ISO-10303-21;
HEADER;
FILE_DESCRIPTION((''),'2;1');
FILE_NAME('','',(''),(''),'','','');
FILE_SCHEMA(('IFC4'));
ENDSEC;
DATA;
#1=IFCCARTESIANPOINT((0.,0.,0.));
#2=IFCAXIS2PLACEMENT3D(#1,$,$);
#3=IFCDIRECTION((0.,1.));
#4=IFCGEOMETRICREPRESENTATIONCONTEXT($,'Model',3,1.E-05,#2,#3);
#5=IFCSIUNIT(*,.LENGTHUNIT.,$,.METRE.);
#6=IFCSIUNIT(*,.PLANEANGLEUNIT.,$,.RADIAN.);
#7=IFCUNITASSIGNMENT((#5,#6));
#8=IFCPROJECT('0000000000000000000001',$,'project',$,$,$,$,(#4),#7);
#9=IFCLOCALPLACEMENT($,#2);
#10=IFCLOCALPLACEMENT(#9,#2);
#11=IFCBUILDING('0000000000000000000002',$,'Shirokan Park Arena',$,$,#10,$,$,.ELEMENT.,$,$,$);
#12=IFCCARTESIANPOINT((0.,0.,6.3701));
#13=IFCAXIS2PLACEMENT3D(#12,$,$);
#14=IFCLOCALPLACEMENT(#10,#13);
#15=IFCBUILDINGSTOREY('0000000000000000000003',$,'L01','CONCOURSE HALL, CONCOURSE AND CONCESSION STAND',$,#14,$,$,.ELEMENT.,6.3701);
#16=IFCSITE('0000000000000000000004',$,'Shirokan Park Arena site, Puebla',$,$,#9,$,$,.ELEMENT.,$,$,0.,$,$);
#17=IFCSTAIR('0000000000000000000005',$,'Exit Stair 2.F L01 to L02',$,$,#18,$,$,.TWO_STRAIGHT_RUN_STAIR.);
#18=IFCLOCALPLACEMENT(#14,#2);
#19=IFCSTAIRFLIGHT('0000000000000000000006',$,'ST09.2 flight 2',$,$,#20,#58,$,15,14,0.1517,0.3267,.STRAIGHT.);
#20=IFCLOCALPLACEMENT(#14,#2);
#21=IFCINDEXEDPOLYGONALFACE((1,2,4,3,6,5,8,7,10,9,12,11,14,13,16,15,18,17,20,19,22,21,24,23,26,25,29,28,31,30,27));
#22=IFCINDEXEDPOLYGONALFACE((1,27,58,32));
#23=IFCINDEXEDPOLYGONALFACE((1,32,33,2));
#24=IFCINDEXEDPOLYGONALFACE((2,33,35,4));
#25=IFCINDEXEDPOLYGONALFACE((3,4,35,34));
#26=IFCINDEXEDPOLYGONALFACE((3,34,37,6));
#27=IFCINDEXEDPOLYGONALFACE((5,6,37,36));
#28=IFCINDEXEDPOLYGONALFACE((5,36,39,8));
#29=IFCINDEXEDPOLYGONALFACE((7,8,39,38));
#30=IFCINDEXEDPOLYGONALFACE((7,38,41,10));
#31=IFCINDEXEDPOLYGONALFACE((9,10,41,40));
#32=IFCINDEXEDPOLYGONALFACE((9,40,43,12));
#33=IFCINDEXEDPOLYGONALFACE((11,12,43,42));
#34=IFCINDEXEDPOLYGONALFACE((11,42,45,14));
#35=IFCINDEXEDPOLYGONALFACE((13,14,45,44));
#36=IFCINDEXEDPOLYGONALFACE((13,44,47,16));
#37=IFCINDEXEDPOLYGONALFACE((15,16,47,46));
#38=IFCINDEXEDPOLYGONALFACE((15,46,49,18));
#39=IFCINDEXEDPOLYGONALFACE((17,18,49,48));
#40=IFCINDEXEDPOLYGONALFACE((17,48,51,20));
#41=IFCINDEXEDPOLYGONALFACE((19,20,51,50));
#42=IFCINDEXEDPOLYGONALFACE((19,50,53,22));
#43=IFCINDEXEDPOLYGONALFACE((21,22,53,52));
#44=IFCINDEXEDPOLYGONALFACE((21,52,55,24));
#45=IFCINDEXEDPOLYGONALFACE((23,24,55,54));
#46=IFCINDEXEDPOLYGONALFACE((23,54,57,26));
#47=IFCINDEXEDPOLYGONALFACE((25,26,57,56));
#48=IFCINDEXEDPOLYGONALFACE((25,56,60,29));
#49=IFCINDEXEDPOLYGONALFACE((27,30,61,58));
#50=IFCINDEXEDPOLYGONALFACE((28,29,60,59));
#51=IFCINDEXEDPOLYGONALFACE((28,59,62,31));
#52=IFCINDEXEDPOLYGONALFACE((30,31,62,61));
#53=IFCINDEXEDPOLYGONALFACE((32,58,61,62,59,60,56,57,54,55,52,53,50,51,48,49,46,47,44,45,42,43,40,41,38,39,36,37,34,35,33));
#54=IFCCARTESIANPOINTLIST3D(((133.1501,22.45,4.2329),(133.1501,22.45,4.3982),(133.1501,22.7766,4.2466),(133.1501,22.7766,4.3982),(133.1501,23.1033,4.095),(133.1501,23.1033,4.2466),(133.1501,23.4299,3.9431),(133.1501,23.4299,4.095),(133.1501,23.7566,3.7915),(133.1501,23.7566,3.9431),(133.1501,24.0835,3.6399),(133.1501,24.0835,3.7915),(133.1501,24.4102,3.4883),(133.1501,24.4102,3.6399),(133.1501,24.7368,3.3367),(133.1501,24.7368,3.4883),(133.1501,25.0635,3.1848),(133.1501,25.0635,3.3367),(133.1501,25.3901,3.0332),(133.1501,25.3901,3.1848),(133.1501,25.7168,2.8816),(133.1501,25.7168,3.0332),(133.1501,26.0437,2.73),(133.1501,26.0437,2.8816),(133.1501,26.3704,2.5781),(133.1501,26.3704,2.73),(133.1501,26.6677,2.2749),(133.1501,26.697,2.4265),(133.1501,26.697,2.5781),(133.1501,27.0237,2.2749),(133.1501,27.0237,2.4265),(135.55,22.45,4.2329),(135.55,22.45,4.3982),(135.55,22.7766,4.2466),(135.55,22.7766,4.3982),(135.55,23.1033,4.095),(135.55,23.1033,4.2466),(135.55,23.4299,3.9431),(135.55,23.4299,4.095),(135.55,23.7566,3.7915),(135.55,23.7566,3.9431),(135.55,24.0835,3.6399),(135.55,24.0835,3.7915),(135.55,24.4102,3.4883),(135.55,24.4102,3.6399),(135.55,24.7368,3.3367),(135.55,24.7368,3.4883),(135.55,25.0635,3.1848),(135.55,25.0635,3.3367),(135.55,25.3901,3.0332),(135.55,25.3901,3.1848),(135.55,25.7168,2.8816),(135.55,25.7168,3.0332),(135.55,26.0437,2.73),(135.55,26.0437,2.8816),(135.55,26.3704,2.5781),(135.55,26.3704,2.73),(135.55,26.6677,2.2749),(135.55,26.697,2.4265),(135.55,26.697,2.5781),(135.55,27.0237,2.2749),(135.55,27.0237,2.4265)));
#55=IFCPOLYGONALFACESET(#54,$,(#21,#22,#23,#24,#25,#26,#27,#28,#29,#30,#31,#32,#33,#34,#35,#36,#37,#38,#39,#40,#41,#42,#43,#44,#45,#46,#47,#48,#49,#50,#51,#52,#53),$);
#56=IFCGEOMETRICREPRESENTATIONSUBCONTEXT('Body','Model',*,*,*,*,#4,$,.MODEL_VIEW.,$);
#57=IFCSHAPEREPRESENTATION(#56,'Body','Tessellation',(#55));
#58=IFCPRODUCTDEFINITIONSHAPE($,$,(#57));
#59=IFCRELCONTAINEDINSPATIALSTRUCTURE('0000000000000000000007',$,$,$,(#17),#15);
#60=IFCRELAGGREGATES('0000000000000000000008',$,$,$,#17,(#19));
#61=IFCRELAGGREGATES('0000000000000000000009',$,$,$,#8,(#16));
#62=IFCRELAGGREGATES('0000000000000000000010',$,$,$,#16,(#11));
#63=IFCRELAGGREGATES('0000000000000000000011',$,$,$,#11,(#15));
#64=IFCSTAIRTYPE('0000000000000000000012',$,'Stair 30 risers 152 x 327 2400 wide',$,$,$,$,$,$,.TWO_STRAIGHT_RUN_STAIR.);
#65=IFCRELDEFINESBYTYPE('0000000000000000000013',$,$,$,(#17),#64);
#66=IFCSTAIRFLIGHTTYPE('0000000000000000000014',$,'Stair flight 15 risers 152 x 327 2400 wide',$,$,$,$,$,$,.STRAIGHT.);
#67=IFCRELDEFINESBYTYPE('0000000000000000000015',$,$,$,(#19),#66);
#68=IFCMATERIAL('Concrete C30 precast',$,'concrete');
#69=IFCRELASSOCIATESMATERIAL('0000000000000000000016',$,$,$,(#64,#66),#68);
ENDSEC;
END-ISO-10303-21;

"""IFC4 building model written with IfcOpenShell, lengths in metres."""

from ifc_helpers import new_model, si_unit, direction, frame, origin, place, context, subcontext, project, spatial, polyline, outline, extrude, material, type_object, element, aggregate, save


model = new_model("IFC4")

# Units and contexts
model_context = context("Model", 3, precision=1e-05, world=origin(), true_north=direction((0.0, 1.0)))
body_context = subcontext(model_context, "Body", "Model", "MODEL_VIEW")
ifc_project = project(units=[si_unit("LENGTHUNIT", "METRE"), si_unit("PLANEANGLEUNIT", "RADIAN")], contexts=[model_context])

# Site, building, storey
site_placement = place(None, origin())
site = spatial("IfcSite", under=ifc_project, at=site_placement, Name="Shirokan Park Arena site, Puebla", CompositionType="ELEMENT", RefElevation=0.0)
building_placement = place(site_placement, origin())
building = spatial("IfcBuilding", under=site, at=building_placement, Name="Shirokan Park Arena", CompositionType="ELEMENT")
storey_placement = place(building_placement, frame((0.0, 0.0, 6.3701)))
storey = spatial("IfcBuildingStorey", under=building, at=storey_placement, Name="L01", Description="CONCOURSE HALL, CONCOURSE AND CONCESSION STAND", CompositionType="ELEMENT", Elevation=6.3701)

# Shared definitions
ifc_material_1 = material(Name="Concrete C30 precast", Category="concrete")
stair_type = type_object("IfcStairType", Name="Stair 30 risers 152 x 327 2400 wide", PredefinedType="TWO_STRAIGHT_RUN_STAIR", material=ifc_material_1)
stair_flight_type = type_object("IfcStairFlightType", Name="Stair flight 15 risers 152 x 327 2400 wide", PredefinedType="STRAIGHT", material=ifc_material_1)

# Stair, stair flight
stair_1_placement = place(storey_placement, origin())
stair_1 = element("IfcStair", 1, at=stair_1_placement, inside=storey, type_object=stair_type, Name="Exit Stair 2.F L01 to L02", PredefinedType="TWO_STRAIGHT_RUN_STAIR")
stair_flight_1_placement = place(storey_placement, frame((134.3501, 27.0237, 2.2749), z_axis=(0.0, 0.0, 1.0), x_axis=(0.0, -1.0, 0.0)))
stair_flight_1 = element("IfcStairFlight", 2, at=stair_flight_1_placement, type_object=stair_flight_type, Name="ST09.2 flight 2", NumberOfRisers=15, NumberOfTreads=14, PredefinedType="STRAIGHT", RiserHeight=0.1517, TreadLength=0.3267, context=body_context, shape_type="SweptSolid", body=[
    extrude(outline(polyline([(0.0, 0.0), (0.0, 0.1516), (0.3267, 0.1516), (0.3267, 0.3032), (0.6533, 0.3032), (0.6533, 0.4551), (0.98, 0.4551), (0.98, 0.6067), (1.3069, 0.6067), (1.3069, 0.7583), (1.6335, 0.7583), (1.6335, 0.9099), (1.9602, 0.9099), (1.9602, 1.0618), (2.2869, 1.0618), (2.2869, 1.2134), (2.6135, 1.2134), (2.6135, 1.365), (2.9402, 1.365), (2.9402, 1.5166), (3.2671, 1.5166), (3.2671, 1.6682), (3.5938, 1.6682), (3.5938, 1.8201), (3.9204, 1.8201), (3.9204, 1.9717), (4.2471, 1.9717), (4.2471, 2.1233), (4.5737, 2.1233), (4.5737, 2.2749), (4.5737, 1.958), (0.356, 0.0), (0.0, 0.0)])), frame((0.0, 1.2, 0.0), z_axis=(0.0, -1.0, 0.0), x_axis=(1.0, 0.0, 0.0)), (0.0, 0.0, 1.0), 2.3999),
])
aggregate(stair_1, [stair_flight_1])

save(model, "model.ifc")
